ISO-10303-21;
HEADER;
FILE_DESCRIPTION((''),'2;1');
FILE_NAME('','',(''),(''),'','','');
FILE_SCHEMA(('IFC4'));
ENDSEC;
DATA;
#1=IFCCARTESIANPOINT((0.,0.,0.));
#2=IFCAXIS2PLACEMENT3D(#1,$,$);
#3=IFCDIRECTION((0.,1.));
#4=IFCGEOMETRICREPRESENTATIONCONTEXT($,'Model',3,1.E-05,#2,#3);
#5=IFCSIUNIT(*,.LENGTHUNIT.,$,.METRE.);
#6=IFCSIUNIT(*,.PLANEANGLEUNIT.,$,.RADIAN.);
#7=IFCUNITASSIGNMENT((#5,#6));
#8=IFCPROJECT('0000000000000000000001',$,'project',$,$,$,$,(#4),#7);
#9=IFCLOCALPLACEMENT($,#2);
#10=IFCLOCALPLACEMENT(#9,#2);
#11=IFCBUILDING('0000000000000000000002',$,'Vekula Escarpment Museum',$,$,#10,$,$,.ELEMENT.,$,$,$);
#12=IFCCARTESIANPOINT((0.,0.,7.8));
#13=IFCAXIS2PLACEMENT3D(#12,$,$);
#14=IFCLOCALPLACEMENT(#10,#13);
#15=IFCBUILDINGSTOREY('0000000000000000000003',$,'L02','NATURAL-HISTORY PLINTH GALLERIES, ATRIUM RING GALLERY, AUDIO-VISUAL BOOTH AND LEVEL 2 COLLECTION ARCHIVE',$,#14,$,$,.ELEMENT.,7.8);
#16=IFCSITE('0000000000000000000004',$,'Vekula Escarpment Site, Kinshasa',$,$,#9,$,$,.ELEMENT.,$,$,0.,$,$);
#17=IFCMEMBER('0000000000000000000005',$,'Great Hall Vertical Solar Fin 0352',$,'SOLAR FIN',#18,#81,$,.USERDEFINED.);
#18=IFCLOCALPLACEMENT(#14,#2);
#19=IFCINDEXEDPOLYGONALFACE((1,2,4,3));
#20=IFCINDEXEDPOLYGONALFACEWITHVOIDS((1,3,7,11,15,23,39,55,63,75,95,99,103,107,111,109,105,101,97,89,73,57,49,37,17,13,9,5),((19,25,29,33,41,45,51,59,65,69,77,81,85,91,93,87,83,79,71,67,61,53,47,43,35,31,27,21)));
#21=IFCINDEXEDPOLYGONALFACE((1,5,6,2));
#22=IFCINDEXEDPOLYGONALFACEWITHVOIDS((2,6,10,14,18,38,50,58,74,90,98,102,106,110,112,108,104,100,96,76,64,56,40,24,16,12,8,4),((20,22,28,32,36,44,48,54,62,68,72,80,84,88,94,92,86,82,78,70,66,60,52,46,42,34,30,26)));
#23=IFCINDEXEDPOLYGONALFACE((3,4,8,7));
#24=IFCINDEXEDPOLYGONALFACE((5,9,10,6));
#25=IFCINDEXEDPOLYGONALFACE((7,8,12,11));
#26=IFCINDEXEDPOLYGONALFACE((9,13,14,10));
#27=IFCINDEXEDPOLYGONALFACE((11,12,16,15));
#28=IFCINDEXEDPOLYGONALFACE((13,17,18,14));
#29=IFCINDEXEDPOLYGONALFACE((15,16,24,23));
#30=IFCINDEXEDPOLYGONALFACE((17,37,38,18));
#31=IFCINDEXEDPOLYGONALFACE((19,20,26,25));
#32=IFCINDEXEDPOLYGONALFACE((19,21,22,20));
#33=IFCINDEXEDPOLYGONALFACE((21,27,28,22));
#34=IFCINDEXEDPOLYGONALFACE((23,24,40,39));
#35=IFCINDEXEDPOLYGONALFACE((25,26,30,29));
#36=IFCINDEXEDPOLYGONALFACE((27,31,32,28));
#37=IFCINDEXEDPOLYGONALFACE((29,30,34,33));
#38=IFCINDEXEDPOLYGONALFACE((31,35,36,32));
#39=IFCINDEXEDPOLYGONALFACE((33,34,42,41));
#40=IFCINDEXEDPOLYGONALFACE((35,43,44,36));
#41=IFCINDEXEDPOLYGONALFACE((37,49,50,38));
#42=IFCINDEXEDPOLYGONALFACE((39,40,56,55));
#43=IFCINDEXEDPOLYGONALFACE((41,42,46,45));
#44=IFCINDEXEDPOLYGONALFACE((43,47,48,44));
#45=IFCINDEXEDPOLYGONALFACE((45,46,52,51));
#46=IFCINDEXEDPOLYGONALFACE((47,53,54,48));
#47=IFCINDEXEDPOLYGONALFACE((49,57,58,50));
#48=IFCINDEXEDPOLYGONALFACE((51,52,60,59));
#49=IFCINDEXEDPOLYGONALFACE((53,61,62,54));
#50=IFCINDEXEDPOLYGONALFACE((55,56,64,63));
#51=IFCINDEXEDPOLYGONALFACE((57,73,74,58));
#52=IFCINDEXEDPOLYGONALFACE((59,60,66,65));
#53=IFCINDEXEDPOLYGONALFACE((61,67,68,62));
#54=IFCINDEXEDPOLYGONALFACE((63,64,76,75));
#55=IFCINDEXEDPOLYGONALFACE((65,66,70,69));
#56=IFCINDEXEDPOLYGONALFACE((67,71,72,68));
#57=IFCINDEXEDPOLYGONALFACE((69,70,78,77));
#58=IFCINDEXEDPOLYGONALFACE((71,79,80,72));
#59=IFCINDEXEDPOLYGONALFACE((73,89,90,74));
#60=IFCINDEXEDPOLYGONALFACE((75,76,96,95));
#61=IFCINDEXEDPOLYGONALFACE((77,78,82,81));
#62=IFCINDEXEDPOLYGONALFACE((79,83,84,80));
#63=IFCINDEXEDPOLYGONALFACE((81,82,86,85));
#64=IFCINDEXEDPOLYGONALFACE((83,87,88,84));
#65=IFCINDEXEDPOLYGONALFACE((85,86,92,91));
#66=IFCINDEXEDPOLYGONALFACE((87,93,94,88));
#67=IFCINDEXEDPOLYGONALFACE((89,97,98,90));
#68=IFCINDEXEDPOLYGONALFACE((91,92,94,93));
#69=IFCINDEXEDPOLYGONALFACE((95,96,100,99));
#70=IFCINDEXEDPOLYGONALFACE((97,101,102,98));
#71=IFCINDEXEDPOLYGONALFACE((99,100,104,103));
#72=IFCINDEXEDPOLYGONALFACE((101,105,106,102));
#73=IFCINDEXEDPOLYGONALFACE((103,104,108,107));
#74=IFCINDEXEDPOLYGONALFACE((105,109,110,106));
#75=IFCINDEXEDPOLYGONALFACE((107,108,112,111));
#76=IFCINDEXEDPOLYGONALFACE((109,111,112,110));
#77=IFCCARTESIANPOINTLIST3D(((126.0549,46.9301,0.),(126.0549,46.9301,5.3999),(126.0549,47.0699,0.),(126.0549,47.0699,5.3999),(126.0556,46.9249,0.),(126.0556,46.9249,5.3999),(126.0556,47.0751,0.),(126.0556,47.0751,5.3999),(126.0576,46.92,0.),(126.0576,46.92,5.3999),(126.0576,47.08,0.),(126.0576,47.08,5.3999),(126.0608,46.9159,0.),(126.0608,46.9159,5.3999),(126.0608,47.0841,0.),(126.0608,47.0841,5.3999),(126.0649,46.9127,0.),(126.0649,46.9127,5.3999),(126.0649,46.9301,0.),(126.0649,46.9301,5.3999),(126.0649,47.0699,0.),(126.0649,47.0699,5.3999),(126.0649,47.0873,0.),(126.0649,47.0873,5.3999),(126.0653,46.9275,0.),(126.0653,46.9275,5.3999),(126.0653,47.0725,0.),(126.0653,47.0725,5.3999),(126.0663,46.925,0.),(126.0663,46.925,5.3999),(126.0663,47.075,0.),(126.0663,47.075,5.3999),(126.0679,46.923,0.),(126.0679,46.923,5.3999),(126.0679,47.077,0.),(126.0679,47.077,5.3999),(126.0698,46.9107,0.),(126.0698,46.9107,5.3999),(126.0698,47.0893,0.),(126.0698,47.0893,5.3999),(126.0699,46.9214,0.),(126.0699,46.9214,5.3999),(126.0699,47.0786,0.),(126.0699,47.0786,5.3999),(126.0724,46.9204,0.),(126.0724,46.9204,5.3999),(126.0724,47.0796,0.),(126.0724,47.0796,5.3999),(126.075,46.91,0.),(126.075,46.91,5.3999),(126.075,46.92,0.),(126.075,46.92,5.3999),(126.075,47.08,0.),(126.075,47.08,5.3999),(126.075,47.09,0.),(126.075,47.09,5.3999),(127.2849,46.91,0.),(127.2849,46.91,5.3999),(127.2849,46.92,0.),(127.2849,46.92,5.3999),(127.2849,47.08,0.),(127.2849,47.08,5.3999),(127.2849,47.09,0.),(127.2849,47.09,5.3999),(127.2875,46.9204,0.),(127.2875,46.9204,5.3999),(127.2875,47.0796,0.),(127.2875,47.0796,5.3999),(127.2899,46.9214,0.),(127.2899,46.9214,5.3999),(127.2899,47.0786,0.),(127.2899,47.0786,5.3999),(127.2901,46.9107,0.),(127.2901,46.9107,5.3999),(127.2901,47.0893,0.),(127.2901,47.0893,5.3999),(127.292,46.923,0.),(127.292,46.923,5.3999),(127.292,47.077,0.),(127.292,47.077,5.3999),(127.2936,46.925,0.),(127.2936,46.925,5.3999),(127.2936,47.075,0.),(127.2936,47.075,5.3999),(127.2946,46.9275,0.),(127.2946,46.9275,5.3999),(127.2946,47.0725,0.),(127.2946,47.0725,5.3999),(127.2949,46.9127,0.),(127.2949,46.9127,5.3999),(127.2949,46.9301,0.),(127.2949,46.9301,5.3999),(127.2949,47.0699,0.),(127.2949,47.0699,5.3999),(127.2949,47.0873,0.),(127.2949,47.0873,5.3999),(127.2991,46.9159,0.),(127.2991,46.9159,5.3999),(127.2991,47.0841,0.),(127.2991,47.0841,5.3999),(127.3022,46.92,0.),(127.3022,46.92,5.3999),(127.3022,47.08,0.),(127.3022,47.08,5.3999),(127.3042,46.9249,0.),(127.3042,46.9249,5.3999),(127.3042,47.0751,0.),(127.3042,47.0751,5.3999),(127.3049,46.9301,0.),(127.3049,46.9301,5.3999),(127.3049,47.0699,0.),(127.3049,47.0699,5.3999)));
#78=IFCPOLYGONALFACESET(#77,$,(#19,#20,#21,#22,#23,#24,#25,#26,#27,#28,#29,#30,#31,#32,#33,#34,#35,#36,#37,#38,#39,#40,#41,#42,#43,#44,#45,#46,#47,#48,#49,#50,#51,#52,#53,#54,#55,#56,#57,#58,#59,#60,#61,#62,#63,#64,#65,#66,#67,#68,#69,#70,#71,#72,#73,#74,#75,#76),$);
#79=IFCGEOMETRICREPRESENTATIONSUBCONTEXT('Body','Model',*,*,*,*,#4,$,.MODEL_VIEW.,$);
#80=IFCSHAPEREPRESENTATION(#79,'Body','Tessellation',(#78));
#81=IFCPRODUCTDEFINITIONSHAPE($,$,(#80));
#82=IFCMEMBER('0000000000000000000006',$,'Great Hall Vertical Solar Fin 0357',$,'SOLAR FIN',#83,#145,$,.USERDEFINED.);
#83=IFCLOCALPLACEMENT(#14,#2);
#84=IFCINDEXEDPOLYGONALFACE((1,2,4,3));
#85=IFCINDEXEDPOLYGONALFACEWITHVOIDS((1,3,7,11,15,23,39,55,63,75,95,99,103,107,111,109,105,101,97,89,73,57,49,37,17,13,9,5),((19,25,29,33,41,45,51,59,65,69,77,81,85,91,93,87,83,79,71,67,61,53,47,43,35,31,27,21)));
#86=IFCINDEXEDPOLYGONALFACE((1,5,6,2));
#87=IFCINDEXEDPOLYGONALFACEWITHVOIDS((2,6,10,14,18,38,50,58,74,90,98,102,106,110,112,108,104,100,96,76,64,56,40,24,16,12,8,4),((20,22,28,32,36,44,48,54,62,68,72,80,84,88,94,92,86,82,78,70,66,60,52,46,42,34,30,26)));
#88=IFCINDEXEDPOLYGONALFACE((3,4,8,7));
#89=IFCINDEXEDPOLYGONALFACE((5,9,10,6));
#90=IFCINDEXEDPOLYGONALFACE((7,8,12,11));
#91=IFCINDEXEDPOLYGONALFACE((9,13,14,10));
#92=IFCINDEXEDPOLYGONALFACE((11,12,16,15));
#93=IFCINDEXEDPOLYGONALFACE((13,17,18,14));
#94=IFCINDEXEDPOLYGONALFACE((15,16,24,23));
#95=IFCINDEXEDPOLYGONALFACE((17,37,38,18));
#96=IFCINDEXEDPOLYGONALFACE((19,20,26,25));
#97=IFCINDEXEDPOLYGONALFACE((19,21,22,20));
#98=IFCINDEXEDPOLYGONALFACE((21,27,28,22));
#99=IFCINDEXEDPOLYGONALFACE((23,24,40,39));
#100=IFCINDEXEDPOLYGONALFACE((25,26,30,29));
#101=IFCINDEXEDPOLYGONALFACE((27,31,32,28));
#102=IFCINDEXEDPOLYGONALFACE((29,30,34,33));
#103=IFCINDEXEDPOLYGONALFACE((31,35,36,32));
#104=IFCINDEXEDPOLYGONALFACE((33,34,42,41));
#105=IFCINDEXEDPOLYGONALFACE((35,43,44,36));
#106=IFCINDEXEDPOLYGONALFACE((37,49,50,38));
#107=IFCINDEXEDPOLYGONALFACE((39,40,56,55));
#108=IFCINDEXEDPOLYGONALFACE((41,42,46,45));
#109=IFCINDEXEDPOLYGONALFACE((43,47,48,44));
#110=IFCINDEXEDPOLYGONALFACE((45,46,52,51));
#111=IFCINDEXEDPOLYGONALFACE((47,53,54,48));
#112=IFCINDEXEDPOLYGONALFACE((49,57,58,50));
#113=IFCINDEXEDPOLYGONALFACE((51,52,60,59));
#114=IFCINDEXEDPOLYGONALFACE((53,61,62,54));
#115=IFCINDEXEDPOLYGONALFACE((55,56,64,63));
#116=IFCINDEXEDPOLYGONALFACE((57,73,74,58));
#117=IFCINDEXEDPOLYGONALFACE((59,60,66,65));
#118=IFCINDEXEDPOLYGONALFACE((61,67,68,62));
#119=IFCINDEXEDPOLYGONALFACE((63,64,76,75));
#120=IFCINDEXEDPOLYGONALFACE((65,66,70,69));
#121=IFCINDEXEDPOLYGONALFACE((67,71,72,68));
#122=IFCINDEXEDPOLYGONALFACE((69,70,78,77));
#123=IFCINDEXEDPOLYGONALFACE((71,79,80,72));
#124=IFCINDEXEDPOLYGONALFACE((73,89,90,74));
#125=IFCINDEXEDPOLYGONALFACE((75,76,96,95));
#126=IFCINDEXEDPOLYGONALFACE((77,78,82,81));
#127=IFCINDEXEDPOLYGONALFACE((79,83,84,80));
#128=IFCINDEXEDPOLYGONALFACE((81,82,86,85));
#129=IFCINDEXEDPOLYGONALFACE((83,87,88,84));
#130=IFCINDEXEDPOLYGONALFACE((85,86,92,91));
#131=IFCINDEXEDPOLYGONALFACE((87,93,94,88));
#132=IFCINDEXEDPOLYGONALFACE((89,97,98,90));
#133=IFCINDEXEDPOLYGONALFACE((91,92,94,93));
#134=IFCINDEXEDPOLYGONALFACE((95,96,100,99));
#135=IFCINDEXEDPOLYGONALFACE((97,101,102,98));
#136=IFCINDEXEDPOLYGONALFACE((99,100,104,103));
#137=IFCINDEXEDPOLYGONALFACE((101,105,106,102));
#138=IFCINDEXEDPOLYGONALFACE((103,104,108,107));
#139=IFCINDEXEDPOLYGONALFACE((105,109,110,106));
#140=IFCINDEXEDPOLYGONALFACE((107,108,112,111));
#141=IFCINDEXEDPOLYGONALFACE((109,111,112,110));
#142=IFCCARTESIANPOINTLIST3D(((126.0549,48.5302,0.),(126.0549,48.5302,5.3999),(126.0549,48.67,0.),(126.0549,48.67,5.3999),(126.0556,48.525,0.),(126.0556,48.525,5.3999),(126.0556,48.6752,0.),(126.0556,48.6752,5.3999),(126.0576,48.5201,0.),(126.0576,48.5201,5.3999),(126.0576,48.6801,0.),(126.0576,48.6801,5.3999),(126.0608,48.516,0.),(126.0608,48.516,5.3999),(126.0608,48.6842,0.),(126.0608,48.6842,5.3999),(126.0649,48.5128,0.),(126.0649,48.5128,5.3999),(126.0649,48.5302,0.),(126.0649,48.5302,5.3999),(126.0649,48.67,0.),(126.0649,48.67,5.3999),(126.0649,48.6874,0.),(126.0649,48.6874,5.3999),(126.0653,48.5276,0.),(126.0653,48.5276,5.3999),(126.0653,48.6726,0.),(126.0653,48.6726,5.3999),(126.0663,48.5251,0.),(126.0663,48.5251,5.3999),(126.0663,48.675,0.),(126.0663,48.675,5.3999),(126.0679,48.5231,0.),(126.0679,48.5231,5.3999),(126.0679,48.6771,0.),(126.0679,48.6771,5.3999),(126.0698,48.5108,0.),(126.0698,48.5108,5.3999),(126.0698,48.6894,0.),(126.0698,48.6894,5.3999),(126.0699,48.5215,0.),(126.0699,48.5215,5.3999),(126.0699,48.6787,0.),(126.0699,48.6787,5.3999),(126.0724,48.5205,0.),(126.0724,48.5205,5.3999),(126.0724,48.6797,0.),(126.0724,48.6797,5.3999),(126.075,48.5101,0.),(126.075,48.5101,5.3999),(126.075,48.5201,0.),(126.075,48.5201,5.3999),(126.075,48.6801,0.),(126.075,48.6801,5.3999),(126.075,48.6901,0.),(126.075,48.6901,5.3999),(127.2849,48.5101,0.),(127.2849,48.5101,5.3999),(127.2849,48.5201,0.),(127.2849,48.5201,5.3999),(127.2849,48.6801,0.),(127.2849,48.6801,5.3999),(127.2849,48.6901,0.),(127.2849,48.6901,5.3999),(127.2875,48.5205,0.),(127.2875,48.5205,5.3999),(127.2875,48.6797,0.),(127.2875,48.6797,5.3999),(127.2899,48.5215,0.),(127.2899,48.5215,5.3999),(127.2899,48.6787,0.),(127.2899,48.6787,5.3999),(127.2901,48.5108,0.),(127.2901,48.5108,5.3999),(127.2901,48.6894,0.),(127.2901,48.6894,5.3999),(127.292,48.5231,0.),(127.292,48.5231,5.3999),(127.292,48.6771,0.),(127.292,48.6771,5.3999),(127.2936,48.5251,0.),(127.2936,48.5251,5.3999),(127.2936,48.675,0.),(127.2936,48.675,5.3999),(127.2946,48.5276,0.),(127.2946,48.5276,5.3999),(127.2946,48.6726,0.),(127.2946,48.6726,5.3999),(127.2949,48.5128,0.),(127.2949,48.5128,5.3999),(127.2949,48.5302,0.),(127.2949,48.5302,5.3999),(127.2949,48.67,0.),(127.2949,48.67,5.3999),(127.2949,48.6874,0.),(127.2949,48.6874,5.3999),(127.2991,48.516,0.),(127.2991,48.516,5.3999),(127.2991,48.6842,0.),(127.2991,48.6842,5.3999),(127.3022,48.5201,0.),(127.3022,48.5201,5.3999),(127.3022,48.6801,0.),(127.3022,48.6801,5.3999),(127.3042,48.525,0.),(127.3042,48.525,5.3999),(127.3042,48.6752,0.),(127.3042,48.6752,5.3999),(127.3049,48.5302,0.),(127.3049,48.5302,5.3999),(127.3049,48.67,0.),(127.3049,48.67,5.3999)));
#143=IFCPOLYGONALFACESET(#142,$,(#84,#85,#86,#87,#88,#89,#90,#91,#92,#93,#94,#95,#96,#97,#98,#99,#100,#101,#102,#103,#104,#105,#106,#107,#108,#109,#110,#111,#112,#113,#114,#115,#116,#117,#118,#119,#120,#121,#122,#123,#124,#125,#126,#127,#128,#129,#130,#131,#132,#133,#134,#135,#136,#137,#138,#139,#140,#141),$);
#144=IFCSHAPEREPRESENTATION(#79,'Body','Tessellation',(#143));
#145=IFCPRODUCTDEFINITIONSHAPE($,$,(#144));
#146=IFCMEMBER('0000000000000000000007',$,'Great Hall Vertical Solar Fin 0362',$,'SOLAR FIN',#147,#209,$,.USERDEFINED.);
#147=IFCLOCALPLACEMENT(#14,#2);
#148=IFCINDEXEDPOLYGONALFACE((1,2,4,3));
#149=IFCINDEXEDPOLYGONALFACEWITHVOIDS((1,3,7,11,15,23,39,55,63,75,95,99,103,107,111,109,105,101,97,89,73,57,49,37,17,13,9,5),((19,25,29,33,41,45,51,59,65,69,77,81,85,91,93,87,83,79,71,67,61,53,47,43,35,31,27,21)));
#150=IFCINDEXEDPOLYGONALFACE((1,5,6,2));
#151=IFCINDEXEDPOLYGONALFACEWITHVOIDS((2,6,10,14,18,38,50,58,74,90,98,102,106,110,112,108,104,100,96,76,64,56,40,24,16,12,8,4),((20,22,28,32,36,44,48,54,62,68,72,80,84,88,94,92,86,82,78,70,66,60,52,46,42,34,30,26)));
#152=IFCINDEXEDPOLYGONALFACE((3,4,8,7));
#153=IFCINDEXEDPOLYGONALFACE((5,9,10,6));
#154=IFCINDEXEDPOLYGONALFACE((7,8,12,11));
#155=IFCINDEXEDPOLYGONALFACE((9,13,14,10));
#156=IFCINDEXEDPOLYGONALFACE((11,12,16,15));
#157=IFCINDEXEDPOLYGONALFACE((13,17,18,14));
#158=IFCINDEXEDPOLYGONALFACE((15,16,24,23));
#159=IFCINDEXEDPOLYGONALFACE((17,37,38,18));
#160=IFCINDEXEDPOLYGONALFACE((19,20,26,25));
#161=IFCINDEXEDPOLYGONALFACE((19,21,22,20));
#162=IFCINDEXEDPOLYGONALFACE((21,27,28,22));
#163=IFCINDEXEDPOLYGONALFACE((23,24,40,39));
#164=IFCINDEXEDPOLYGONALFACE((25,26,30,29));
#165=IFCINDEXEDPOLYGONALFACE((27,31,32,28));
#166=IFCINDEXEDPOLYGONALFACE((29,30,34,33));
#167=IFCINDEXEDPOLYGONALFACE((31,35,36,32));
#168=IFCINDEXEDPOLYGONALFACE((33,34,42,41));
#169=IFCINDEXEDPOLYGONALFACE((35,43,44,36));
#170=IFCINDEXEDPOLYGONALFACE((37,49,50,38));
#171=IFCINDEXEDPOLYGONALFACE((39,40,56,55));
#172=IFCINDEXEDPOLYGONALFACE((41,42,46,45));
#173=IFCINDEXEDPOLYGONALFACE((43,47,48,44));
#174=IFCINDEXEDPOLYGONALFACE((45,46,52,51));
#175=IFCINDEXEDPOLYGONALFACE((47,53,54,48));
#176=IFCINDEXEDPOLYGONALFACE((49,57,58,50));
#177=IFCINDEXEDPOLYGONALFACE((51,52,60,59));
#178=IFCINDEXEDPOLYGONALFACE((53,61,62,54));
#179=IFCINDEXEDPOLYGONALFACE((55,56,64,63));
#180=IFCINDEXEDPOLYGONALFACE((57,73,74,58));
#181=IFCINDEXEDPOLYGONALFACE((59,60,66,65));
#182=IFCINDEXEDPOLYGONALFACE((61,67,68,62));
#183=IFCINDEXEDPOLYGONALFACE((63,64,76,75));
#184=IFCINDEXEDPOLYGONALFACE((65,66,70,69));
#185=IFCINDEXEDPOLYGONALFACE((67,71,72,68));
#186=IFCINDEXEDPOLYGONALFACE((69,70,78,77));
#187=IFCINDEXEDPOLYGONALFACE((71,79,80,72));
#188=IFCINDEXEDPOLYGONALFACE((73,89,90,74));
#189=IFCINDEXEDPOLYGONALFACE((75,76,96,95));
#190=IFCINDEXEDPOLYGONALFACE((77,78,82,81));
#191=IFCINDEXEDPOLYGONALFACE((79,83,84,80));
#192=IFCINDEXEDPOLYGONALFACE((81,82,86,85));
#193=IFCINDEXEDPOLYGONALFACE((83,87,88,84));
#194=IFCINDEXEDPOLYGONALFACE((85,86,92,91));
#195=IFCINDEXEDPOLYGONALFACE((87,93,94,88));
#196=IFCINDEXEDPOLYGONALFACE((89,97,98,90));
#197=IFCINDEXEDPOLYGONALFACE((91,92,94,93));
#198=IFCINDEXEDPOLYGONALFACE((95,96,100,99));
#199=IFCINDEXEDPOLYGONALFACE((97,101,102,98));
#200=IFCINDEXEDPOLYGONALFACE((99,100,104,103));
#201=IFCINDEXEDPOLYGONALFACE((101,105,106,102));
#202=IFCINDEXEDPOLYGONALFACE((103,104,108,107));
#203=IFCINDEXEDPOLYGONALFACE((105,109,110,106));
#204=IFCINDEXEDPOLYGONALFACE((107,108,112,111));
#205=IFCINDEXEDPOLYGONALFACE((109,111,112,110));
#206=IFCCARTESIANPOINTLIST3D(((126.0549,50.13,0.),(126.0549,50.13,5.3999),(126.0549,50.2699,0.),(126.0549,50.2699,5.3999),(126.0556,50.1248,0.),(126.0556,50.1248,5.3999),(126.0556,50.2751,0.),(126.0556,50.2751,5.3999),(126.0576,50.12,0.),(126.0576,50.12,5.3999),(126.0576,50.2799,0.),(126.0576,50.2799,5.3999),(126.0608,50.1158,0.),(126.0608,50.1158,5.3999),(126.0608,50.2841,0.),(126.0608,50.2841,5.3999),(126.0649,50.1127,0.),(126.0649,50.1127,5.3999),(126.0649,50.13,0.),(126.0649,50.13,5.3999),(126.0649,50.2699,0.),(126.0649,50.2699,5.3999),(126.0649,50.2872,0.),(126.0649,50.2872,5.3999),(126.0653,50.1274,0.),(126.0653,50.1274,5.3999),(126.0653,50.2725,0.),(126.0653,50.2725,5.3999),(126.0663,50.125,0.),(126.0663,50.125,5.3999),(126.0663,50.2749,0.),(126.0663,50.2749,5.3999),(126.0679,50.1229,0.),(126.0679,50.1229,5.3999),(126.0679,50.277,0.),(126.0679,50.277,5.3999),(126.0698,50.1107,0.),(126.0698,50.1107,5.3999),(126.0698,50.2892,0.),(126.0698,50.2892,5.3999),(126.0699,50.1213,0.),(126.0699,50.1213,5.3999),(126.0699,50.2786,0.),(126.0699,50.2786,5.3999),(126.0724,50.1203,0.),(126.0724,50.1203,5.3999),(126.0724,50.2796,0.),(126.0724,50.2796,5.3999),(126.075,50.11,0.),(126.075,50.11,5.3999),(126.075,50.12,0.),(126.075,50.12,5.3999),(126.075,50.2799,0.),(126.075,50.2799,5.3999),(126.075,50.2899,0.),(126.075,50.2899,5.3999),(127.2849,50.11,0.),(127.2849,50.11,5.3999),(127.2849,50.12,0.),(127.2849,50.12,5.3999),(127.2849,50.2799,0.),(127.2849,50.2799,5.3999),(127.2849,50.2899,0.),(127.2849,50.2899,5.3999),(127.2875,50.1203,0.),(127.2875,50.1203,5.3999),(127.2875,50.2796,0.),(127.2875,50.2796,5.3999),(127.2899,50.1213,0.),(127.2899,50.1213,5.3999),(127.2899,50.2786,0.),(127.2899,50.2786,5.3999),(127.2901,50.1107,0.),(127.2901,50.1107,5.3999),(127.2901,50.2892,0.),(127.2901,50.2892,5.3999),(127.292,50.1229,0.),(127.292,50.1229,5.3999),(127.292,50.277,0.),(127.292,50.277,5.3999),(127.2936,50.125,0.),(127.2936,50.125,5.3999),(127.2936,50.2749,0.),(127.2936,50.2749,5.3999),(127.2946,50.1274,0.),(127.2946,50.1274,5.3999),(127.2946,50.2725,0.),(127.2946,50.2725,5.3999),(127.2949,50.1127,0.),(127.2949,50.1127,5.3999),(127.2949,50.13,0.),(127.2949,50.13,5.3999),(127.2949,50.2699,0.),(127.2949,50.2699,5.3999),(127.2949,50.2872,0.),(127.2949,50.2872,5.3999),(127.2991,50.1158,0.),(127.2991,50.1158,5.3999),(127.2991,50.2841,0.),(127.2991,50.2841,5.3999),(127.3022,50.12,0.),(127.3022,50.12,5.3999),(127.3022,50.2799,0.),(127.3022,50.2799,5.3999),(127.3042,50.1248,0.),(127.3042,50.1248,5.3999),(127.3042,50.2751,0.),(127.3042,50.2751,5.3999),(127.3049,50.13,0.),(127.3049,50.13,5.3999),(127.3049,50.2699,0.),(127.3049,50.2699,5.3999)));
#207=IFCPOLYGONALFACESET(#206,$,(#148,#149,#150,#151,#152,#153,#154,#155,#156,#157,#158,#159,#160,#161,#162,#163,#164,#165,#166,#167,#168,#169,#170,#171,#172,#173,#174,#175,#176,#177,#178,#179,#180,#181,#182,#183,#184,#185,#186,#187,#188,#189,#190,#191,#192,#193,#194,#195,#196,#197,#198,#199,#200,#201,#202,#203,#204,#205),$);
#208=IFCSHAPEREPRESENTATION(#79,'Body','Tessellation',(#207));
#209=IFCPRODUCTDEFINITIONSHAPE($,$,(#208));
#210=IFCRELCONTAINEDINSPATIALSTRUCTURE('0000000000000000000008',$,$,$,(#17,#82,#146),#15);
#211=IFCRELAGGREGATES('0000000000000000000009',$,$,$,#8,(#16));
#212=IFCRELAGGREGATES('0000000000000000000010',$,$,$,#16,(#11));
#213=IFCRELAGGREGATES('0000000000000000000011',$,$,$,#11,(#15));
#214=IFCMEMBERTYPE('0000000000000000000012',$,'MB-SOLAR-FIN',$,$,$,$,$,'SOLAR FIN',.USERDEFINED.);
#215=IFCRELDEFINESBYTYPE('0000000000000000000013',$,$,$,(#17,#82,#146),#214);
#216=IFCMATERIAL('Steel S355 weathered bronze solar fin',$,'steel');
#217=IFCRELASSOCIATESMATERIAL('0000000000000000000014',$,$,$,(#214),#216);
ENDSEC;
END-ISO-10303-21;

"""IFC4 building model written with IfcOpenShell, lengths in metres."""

from ifc_helpers import new_model, si_unit, direction, frame, origin, origin_2d, place, context, subcontext, project, spatial, hollow_rectangle, extrude, material, material_profile, profile_set, type_object, element, save


model = new_model("IFC4")

# Units and contexts
model_context = context("Model", 3, precision=1e-05, world=origin(), true_north=direction((0.0, 1.0)))
body_context = subcontext(model_context, "Body", "Model", "MODEL_VIEW")
ifc_project = project(units=[si_unit("LENGTHUNIT", "METRE"), si_unit("PLANEANGLEUNIT", "RADIAN")], contexts=[model_context])

# Site, building, storey
site_placement = place(None, origin())
site = spatial("IfcSite", under=ifc_project, at=site_placement, Name="Vekula Escarpment Site, Kinshasa", CompositionType="ELEMENT", RefElevation=0.0)
building_placement = place(site_placement, origin())
building = spatial("IfcBuilding", under=site, at=building_placement, Name="Vekula Escarpment Museum", CompositionType="ELEMENT")
storey_placement = place(building_placement, frame((0.0, 0.0, 7.8)))
storey = spatial("IfcBuildingStorey", under=building, at=storey_placement, Name="L02", Description="NATURAL-HISTORY PLINTH GALLERIES, ATRIUM RING GALLERY, AUDIO-VISUAL BOOTH AND LEVEL 2 COLLECTION ARCHIVE", CompositionType="ELEMENT", Elevation=7.8)

# Members
ifc_material_1 = material(Name="Steel S355 weathered bronze solar fin", Category="steel")
ifc_material_profile_1 = material_profile(ifc_material_1, hollow_rectangle(XDim=0.1799, YDim=1.25, WallThickness=0.01, InnerFilletRadius=0.01, OuterFilletRadius=0.02, at=origin_2d()), Name="RHS 1250x180x10")
ifc_profile_set_1 = profile_set([ifc_material_profile_1], Name="Steel S355 weathered bronze solar fin")
member_type_1 = type_object("IfcMemberType", Name="MB-SOLAR-FIN", ElementType="SOLAR FIN", PredefinedType="USERDEFINED", material=ifc_profile_set_1)
for number, where, z_axis, x_axis, name in (
    (1, (126.6799, 47.0, 0.0), (0.0, 0.0, 1.0), (0.0, 1.0, 0.0), "Great Hall Vertical Solar Fin 0352"),
    (2, (126.6799, 48.6001, 0.0), (0.0, 0.0, 1.0), (0.0, 1.0, 0.0), "Great Hall Vertical Solar Fin 0357"),
    (3, (126.6799, 50.2, 0.0), (0.0, 0.0, 1.0), (0.0, 1.0, 0.0), "Great Hall Vertical Solar Fin 0362"),
):
    element("IfcMember", number, at=place(storey_placement, frame(where, z_axis=z_axis, x_axis=x_axis)), inside=storey, type_object=member_type_1, Name=name, ObjectType="SOLAR FIN", PredefinedType="USERDEFINED", context=body_context, shape_type="SweptSolid", body=[
        extrude(hollow_rectangle(XDim=0.1799, YDim=1.25, WallThickness=0.01, InnerFilletRadius=0.01, OuterFilletRadius=0.02, at=origin_2d()), origin(), (0.0, 0.0, 1.0), 5.3999),
    ])

save(model, "model.ifc")
